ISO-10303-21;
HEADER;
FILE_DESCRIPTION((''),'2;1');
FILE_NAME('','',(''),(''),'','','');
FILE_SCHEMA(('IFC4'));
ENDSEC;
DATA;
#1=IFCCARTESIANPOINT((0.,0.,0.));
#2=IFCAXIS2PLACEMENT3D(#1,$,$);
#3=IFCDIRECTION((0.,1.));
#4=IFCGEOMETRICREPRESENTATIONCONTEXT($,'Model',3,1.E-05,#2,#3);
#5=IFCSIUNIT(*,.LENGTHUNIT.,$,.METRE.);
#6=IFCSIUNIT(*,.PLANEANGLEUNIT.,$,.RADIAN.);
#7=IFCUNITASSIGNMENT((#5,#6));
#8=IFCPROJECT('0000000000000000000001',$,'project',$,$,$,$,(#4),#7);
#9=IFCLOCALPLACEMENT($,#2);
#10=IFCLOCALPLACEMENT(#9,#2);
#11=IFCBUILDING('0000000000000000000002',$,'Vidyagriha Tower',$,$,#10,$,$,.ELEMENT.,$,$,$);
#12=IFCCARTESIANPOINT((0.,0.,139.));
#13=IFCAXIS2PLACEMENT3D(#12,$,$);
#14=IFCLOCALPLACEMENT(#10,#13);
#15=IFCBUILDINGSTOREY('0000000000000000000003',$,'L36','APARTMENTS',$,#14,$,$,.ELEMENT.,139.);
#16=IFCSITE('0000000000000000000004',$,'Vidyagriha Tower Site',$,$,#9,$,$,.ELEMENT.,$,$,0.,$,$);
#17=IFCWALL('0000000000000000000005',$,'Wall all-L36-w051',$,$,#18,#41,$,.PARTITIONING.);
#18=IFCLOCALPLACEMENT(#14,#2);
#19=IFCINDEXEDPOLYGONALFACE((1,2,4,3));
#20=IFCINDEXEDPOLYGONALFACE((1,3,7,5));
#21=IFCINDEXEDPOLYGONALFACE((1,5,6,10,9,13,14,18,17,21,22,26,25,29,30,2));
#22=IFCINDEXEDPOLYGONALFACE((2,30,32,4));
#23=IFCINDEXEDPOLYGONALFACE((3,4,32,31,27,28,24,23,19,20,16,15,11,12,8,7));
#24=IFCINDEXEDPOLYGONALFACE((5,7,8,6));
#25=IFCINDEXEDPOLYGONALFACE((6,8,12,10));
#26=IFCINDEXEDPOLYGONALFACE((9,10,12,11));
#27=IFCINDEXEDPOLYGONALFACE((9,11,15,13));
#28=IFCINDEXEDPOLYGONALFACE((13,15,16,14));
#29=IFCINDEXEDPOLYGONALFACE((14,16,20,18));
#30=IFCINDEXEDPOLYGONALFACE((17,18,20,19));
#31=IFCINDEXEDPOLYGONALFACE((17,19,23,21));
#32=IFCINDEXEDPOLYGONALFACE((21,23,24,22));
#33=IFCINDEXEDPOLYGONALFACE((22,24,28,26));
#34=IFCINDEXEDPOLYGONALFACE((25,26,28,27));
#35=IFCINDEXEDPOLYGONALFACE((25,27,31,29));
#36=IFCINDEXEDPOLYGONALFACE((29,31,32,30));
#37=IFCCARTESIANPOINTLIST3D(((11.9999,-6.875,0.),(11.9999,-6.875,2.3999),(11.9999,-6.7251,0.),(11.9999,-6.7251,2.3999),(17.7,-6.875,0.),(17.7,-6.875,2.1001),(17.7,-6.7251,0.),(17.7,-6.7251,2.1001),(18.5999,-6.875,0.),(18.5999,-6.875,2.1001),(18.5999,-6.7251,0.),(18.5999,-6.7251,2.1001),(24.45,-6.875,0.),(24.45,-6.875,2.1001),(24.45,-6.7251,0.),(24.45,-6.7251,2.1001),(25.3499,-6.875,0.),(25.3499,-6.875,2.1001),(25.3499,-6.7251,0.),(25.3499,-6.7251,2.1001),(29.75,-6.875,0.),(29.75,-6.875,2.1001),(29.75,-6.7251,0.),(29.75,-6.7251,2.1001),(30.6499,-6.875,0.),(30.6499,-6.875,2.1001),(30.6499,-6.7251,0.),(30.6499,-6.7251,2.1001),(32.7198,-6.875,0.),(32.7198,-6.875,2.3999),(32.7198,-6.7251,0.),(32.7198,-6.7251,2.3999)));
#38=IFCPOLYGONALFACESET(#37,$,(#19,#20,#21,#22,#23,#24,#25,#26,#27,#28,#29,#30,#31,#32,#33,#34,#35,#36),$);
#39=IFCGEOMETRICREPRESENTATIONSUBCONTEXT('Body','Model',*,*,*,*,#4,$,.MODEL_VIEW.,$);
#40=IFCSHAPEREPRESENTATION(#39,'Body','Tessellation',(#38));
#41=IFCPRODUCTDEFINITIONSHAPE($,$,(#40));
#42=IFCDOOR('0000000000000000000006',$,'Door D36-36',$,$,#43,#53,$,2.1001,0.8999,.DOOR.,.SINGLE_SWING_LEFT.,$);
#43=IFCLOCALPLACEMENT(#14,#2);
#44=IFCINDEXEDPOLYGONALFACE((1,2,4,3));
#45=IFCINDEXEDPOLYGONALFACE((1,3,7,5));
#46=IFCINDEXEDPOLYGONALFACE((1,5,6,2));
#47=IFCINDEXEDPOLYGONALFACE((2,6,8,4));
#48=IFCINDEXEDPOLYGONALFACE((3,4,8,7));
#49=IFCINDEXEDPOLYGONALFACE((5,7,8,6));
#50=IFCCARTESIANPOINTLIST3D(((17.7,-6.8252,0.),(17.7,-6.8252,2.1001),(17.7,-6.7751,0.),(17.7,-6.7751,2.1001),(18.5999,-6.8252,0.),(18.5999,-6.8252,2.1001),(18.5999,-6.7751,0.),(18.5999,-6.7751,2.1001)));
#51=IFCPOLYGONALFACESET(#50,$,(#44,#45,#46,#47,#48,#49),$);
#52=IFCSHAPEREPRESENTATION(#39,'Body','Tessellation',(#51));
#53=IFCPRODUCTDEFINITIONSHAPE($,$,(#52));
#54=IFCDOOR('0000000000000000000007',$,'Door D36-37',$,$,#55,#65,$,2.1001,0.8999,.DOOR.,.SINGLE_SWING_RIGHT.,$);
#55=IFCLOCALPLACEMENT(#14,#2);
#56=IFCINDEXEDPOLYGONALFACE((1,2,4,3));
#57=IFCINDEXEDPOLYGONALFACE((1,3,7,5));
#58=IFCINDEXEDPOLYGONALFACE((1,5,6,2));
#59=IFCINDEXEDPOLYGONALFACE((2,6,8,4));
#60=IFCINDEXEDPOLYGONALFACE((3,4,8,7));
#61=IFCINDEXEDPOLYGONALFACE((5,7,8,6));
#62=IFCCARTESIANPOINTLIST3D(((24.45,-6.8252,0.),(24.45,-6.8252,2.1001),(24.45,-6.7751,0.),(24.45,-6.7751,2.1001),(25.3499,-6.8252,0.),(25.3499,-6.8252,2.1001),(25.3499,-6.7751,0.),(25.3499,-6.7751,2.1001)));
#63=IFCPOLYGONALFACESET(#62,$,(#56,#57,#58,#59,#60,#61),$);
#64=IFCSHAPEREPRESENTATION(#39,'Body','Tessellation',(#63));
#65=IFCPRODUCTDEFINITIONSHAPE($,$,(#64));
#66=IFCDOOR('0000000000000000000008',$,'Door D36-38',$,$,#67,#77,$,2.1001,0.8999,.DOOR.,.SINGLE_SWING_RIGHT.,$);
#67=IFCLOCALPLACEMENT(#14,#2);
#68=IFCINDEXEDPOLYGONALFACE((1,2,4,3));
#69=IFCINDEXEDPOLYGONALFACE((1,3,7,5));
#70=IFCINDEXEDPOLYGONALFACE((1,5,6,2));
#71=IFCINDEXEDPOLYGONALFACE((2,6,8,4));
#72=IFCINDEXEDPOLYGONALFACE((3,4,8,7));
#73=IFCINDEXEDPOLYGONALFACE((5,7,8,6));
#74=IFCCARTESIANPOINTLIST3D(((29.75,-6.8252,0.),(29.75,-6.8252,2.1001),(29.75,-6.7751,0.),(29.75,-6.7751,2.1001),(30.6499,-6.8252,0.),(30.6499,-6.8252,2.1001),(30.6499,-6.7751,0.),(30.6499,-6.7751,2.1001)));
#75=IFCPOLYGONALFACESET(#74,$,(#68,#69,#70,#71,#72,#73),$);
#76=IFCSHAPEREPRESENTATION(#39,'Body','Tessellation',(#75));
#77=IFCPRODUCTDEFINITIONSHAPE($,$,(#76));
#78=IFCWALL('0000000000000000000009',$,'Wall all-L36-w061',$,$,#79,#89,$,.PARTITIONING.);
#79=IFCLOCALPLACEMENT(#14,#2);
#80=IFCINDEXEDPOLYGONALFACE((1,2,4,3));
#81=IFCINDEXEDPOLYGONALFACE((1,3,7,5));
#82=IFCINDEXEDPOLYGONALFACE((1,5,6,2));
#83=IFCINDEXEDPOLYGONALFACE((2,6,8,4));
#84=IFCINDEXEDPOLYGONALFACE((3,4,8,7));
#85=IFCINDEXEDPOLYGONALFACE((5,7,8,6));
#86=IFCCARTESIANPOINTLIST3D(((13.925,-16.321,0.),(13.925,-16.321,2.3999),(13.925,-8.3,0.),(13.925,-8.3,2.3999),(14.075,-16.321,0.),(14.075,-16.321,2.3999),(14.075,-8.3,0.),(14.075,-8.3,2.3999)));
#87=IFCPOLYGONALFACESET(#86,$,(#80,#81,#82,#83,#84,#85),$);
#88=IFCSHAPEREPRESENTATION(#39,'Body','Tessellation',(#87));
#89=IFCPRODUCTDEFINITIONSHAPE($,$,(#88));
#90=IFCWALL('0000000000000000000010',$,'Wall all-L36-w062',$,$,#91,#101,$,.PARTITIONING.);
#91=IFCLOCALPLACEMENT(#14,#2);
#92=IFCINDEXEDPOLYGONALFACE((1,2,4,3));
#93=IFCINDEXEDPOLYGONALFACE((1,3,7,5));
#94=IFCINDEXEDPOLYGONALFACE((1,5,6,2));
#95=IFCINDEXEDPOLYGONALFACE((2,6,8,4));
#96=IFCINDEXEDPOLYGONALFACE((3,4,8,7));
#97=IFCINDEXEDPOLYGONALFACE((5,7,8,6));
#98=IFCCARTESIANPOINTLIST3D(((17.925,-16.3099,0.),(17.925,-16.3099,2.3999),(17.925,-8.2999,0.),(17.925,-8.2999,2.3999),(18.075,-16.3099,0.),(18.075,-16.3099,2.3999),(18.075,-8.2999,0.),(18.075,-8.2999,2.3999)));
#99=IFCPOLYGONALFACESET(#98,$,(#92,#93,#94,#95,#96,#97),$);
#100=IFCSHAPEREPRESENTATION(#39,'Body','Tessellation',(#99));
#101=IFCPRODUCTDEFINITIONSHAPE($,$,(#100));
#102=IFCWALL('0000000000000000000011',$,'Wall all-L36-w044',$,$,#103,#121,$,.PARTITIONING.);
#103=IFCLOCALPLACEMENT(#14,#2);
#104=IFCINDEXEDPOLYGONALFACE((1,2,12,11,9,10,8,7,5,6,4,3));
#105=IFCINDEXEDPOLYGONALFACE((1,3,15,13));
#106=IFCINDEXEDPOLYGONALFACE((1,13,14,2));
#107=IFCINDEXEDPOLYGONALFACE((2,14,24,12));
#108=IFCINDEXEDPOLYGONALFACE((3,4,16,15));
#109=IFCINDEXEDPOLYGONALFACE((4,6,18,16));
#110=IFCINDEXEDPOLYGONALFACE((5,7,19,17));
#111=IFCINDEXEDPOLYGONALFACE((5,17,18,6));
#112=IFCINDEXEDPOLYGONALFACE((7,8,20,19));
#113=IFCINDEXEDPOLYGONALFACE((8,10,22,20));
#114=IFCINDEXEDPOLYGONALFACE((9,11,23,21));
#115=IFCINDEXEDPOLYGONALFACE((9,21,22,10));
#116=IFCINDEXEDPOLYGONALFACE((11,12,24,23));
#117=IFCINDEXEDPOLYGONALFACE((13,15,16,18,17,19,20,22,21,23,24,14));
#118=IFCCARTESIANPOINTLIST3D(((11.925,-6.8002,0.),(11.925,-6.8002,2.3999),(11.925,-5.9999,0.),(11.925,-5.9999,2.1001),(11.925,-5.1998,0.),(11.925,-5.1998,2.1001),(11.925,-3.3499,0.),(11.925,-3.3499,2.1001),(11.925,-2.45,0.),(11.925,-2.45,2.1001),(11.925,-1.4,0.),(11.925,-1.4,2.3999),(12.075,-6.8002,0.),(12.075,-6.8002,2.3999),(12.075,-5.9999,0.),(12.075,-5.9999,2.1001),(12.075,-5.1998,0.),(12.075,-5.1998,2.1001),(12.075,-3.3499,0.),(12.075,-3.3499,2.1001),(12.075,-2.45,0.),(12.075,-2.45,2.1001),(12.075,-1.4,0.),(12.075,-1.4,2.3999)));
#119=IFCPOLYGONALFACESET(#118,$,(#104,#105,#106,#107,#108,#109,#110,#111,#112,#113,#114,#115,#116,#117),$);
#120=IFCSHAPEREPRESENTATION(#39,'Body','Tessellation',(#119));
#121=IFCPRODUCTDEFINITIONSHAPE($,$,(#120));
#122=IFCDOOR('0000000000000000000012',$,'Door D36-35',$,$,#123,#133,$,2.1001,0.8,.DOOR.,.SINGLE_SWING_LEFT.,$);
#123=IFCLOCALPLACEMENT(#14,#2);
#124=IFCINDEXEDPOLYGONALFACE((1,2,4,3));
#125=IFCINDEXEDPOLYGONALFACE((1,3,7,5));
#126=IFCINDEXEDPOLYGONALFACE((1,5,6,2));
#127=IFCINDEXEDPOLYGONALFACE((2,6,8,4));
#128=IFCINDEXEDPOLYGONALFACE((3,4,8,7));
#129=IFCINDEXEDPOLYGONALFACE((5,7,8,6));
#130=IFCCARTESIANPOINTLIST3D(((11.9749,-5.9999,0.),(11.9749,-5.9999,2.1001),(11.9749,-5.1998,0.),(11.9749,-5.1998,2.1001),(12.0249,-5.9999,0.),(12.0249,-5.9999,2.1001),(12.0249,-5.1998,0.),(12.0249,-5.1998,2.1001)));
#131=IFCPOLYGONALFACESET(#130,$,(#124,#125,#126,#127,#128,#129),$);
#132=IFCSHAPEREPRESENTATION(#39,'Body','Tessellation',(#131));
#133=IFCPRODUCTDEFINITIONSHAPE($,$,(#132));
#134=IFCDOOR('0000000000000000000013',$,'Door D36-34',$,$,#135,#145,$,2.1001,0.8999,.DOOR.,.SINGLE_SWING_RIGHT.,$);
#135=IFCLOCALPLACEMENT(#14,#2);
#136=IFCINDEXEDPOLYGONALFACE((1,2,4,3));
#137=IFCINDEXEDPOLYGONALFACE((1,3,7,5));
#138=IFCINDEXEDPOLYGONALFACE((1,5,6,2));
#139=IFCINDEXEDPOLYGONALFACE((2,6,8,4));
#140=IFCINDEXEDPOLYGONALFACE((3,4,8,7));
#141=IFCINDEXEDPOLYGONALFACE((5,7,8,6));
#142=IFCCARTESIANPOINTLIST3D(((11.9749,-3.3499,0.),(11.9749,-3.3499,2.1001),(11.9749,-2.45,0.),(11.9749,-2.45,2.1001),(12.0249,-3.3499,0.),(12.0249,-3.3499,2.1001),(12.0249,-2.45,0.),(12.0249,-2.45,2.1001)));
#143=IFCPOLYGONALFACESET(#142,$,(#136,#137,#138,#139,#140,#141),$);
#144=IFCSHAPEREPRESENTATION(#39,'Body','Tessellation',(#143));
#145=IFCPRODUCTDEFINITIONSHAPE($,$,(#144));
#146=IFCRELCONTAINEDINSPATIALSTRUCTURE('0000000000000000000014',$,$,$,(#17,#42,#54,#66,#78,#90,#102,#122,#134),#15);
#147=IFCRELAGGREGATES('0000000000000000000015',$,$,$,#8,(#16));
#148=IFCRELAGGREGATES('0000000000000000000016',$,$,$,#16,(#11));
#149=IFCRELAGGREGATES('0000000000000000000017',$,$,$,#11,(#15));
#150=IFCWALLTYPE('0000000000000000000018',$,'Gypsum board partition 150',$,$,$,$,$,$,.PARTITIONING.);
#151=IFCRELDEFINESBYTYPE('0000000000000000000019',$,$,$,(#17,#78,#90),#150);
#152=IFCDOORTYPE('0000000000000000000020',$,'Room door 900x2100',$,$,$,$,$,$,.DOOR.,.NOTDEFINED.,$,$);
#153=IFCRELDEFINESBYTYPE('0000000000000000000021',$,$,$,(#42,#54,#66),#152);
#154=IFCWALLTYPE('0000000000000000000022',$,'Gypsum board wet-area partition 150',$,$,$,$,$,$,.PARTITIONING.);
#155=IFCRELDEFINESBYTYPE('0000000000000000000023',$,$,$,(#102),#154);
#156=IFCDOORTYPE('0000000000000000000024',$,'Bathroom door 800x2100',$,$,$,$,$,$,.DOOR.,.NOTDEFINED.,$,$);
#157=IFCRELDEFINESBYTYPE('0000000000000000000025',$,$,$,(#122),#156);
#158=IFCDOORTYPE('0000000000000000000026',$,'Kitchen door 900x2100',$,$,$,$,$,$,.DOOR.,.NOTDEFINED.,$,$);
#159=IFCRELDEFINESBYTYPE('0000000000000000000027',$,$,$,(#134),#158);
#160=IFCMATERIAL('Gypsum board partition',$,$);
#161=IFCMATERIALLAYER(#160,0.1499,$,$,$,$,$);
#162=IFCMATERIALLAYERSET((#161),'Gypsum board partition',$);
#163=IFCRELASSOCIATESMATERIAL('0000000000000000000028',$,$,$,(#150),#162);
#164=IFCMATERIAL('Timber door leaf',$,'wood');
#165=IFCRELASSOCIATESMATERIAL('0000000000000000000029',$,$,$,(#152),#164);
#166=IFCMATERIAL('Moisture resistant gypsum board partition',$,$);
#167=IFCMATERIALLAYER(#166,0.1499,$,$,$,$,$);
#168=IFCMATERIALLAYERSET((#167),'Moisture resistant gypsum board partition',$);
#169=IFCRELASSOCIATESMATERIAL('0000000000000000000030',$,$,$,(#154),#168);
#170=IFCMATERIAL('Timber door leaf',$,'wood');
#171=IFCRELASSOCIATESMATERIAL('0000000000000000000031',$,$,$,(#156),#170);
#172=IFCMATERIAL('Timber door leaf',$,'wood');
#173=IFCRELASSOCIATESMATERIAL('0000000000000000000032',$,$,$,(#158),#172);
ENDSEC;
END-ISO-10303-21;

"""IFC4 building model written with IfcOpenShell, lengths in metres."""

from ifc_helpers import new_model, si_unit, direction, frame, frame_2d, origin, place, context, subcontext, project, spatial, rectangle, extrude, material, layer, layer_set, type_object, element, fill, save


model = new_model("IFC4")

# Units and contexts
model_context = context("Model", 3, precision=1e-05, world=origin(), true_north=direction((0.0, 1.0)))
body_context = subcontext(model_context, "Body", "Model", "MODEL_VIEW")
ifc_project = project(units=[si_unit("LENGTHUNIT", "METRE"), si_unit("PLANEANGLEUNIT", "RADIAN")], contexts=[model_context])

# Site, building, storey
site_placement = place(None, origin())
site = spatial("IfcSite", under=ifc_project, at=site_placement, Name="Vidyagriha Tower Site", CompositionType="ELEMENT", RefElevation=0.0)
building_placement = place(site_placement, origin())
building = spatial("IfcBuilding", under=site, at=building_placement, Name="Vidyagriha Tower", CompositionType="ELEMENT")
storey_placement = place(building_placement, frame((0.0, 0.0, 139.0)))
storey = spatial("IfcBuildingStorey", under=building, at=storey_placement, Name="L36", Description="APARTMENTS", CompositionType="ELEMENT", Elevation=139.0)

# Shared definitions
ifc_material_1 = material(Name="Gypsum board partition")
ifc_layer_1 = layer(ifc_material_1, 0.1499)
ifc_layer_set_1 = layer_set([ifc_layer_1], Name="Gypsum board partition")
wall_type_1 = type_object("IfcWallType", Name="Gypsum board partition 150", PredefinedType="PARTITIONING", material=ifc_layer_set_1)
ifc_material_2 = material(Name="Timber door leaf", Category="wood")
door_type_1 = type_object("IfcDoorType", Name="Room door 900x2100", OperationType="NOTDEFINED", PredefinedType="DOOR", material=ifc_material_2)

# Wall, openings, doors
wall_1_placement = place(storey_placement, frame((12.0, -6.8, 0.0)))
wall_1 = element("IfcWall", 1, at=wall_1_placement, inside=storey, type_object=wall_type_1, Name="Wall all-L36-w051", PredefinedType="PARTITIONING", context=body_context, shape_type="SweptSolid", body=[
    extrude(rectangle(XDim=20.72, YDim=0.1499, at=frame_2d((10.3599, 0.0))), origin(), (0.0, 0.0, 1.0), 2.3999),
])
opening_1_placement = place(wall_1_placement, frame((5.7, 0.0, 0.0)))
opening_1 = element("IfcOpeningElement", 2, at=opening_1_placement, cuts=wall_1, PredefinedType="OPENING", context=body_context, shape_type="SweptSolid", body=[
    extrude(rectangle(XDim=0.8999, YDim=2.1001, at=frame_2d((0.45, 1.05))), frame((0.0, 0.085, 0.0), z_axis=(0.0, -1.0, 0.0), x_axis=(1.0, 0.0, 0.0)), (0.0, 0.0, 1.0), 0.1699),
])
opening_2_placement = place(wall_1_placement, frame((12.45, 0.0, 0.0)))
opening_2 = element("IfcOpeningElement", 3, at=opening_2_placement, cuts=wall_1, PredefinedType="OPENING", context=body_context, shape_type="SweptSolid", body=[
    extrude(rectangle(XDim=0.8999, YDim=2.1001, at=frame_2d((0.45, 1.05))), frame((0.0, 0.085, 0.0), z_axis=(0.0, -1.0, 0.0), x_axis=(1.0, 0.0, 0.0)), (0.0, 0.0, 1.0), 0.1699),
])
opening_3_placement = place(wall_1_placement, frame((17.75, 0.0, 0.0)))
opening_3 = element("IfcOpeningElement", 4, at=opening_3_placement, cuts=wall_1, PredefinedType="OPENING", context=body_context, shape_type="SweptSolid", body=[
    extrude(rectangle(XDim=0.8999, YDim=2.1001, at=frame_2d((0.45, 1.05))), frame((0.0, 0.085, 0.0), z_axis=(0.0, -1.0, 0.0), x_axis=(1.0, 0.0, 0.0)), (0.0, 0.0, 1.0), 0.1699),
])
door_1_placement = place(opening_1_placement, origin())
door_1 = element("IfcDoor", 5, at=door_1_placement, inside=storey, type_object=door_type_1, Name="Door D36-36", OperationType="SINGLE_SWING_LEFT", OverallHeight=2.1001, OverallWidth=0.8999, PredefinedType="DOOR", context=body_context, shape_type="SweptSolid", body=[
    extrude(rectangle(XDim=0.8999, YDim=2.1001, at=frame_2d((0.45, 1.05))), frame((0.0, 0.0249, 0.0), z_axis=(0.0, -1.0, 0.0), x_axis=(1.0, 0.0, 0.0)), (0.0, 0.0, 1.0), 0.05),
])
fill(opening_1, door_1)
door_2_placement = place(opening_2_placement, origin())
door_2 = element("IfcDoor", 6, at=door_2_placement, inside=storey, type_object=door_type_1, Name="Door D36-37", OperationType="SINGLE_SWING_RIGHT", OverallHeight=2.1001, OverallWidth=0.8999, PredefinedType="DOOR", context=body_context, shape_type="SweptSolid", body=[
    extrude(rectangle(XDim=0.8999, YDim=2.1001, at=frame_2d((0.45, 1.05))), frame((0.0, 0.0249, 0.0), z_axis=(0.0, -1.0, 0.0), x_axis=(1.0, 0.0, 0.0)), (0.0, 0.0, 1.0), 0.05),
])
fill(opening_2, door_2)
door_3_placement = place(opening_3_placement, origin())
door_3 = element("IfcDoor", 7, at=door_3_placement, inside=storey, type_object=door_type_1, Name="Door D36-38", OperationType="SINGLE_SWING_RIGHT", OverallHeight=2.1001, OverallWidth=0.8999, PredefinedType="DOOR", context=body_context, shape_type="SweptSolid", body=[
    extrude(rectangle(XDim=0.8999, YDim=2.1001, at=frame_2d((0.45, 1.05))), frame((0.0, 0.0249, 0.0), z_axis=(0.0, -1.0, 0.0), x_axis=(1.0, 0.0, 0.0)), (0.0, 0.0, 1.0), 0.05),
])
fill(opening_3, door_3)

# Walls
wall_2_placement = place(storey_placement, frame((14.0, -8.3, 0.0), z_axis=(0.0, 0.0, 1.0), x_axis=(0.0, -1.0, 0.0)))
element("IfcWall", 8, at=wall_2_placement, inside=storey, type_object=wall_type_1, Name="Wall all-L36-w061", PredefinedType="PARTITIONING", context=body_context, shape_type="SweptSolid", body=[
    extrude(rectangle(XDim=8.021, YDim=0.1499, at=frame_2d((4.0105, 0.0))), origin(), (0.0, 0.0, 1.0), 2.3999),
])
wall_3_placement = place(storey_placement, frame((18.0, -8.3, 0.0), z_axis=(0.0, 0.0, 1.0), x_axis=(0.0, -1.0, 0.0)))
element("IfcWall", 9, at=wall_3_placement, inside=storey, type_object=wall_type_1, Name="Wall all-L36-w062", PredefinedType="PARTITIONING", context=body_context, shape_type="SweptSolid", body=[
    extrude(rectangle(XDim=8.01, YDim=0.1499, at=frame_2d((4.0049, 0.0))), origin(), (0.0, 0.0, 1.0), 2.3999),
])

# Wall, openings, doors
ifc_material_3 = material(Name="Moisture resistant gypsum board partition")
ifc_layer_2 = layer(ifc_material_3, 0.1499)
ifc_layer_set_2 = layer_set([ifc_layer_2], Name="Moisture resistant gypsum board partition")
wall_type_2 = type_object("IfcWallType", Name="Gypsum board wet-area partition 150", PredefinedType="PARTITIONING", material=ifc_layer_set_2)
wall_4_placement = place(storey_placement, frame((12.0, -1.3999, 0.0), z_axis=(0.0, 0.0, 1.0), x_axis=(0.0, -1.0, 0.0)))
wall_4 = element("IfcWall", 10, at=wall_4_placement, inside=storey, type_object=wall_type_2, Name="Wall all-L36-w044", PredefinedType="PARTITIONING", context=body_context, shape_type="SweptSolid", body=[
    extrude(rectangle(XDim=5.4001, YDim=0.1499, at=frame_2d((2.7002, 0.0))), origin(), (0.0, 0.0, 1.0), 2.3999),
])
opening_4_placement = place(wall_4_placement, frame((1.05, 0.0, 0.0)))
opening_4 = element("IfcOpeningElement", 11, at=opening_4_placement, cuts=wall_4, PredefinedType="OPENING", context=body_context, shape_type="SweptSolid", body=[
    extrude(rectangle(XDim=0.8999, YDim=2.1001, at=frame_2d((0.45, 1.05))), frame((0.0, 0.085, 0.0), z_axis=(0.0, -1.0, 0.0), x_axis=(1.0, 0.0, 0.0)), (0.0, 0.0, 1.0), 0.1699),
])
opening_5_placement = place(wall_4_placement, frame((3.8, 0.0, 0.0)))
opening_5 = element("IfcOpeningElement", 12, at=opening_5_placement, cuts=wall_4, PredefinedType="OPENING", context=body_context, shape_type="SweptSolid", body=[
    extrude(rectangle(XDim=0.8, YDim=2.1001, at=frame_2d((0.3999, 1.05))), frame((0.0, 0.085, 0.0), z_axis=(0.0, -1.0, 0.0), x_axis=(1.0, 0.0, 0.0)), (0.0, 0.0, 1.0), 0.1699),
])
ifc_material_4 = material(Name="Timber door leaf", Category="wood")
door_type_2 = type_object("IfcDoorType", Name="Bathroom door 800x2100", OperationType="NOTDEFINED", PredefinedType="DOOR", material=ifc_material_4)
door_4_placement = place(opening_5_placement, origin())
door_4 = element("IfcDoor", 13, at=door_4_placement, inside=storey, type_object=door_type_2, Name="Door D36-35", OperationType="SINGLE_SWING_LEFT", OverallHeight=2.1001, OverallWidth=0.8, PredefinedType="DOOR", context=body_context, shape_type="SweptSolid", body=[
    extrude(rectangle(XDim=0.8, YDim=2.1001, at=frame_2d((0.3999, 1.05))), frame((0.0, 0.0249, 0.0), z_axis=(0.0, -1.0, 0.0), x_axis=(1.0, 0.0, 0.0)), (0.0, 0.0, 1.0), 0.05),
])
fill(opening_5, door_4)
ifc_material_5 = material(Name="Timber door leaf", Category="wood")
door_type_3 = type_object("IfcDoorType", Name="Kitchen door 900x2100", OperationType="NOTDEFINED", PredefinedType="DOOR", material=ifc_material_5)
door_5_placement = place(opening_4_placement, origin())
door_5 = element("IfcDoor", 14, at=door_5_placement, inside=storey, type_object=door_type_3, Name="Door D36-34", OperationType="SINGLE_SWING_RIGHT", OverallHeight=2.1001, OverallWidth=0.8999, PredefinedType="DOOR", context=body_context, shape_type="SweptSolid", body=[
    extrude(rectangle(XDim=0.8999, YDim=2.1001, at=frame_2d((0.45, 1.05))), frame((0.0, 0.0249, 0.0), z_axis=(0.0, -1.0, 0.0), x_axis=(1.0, 0.0, 0.0)), (0.0, 0.0, 1.0), 0.05),
])
fill(opening_4, door_5)

save(model, "model.ifc")
